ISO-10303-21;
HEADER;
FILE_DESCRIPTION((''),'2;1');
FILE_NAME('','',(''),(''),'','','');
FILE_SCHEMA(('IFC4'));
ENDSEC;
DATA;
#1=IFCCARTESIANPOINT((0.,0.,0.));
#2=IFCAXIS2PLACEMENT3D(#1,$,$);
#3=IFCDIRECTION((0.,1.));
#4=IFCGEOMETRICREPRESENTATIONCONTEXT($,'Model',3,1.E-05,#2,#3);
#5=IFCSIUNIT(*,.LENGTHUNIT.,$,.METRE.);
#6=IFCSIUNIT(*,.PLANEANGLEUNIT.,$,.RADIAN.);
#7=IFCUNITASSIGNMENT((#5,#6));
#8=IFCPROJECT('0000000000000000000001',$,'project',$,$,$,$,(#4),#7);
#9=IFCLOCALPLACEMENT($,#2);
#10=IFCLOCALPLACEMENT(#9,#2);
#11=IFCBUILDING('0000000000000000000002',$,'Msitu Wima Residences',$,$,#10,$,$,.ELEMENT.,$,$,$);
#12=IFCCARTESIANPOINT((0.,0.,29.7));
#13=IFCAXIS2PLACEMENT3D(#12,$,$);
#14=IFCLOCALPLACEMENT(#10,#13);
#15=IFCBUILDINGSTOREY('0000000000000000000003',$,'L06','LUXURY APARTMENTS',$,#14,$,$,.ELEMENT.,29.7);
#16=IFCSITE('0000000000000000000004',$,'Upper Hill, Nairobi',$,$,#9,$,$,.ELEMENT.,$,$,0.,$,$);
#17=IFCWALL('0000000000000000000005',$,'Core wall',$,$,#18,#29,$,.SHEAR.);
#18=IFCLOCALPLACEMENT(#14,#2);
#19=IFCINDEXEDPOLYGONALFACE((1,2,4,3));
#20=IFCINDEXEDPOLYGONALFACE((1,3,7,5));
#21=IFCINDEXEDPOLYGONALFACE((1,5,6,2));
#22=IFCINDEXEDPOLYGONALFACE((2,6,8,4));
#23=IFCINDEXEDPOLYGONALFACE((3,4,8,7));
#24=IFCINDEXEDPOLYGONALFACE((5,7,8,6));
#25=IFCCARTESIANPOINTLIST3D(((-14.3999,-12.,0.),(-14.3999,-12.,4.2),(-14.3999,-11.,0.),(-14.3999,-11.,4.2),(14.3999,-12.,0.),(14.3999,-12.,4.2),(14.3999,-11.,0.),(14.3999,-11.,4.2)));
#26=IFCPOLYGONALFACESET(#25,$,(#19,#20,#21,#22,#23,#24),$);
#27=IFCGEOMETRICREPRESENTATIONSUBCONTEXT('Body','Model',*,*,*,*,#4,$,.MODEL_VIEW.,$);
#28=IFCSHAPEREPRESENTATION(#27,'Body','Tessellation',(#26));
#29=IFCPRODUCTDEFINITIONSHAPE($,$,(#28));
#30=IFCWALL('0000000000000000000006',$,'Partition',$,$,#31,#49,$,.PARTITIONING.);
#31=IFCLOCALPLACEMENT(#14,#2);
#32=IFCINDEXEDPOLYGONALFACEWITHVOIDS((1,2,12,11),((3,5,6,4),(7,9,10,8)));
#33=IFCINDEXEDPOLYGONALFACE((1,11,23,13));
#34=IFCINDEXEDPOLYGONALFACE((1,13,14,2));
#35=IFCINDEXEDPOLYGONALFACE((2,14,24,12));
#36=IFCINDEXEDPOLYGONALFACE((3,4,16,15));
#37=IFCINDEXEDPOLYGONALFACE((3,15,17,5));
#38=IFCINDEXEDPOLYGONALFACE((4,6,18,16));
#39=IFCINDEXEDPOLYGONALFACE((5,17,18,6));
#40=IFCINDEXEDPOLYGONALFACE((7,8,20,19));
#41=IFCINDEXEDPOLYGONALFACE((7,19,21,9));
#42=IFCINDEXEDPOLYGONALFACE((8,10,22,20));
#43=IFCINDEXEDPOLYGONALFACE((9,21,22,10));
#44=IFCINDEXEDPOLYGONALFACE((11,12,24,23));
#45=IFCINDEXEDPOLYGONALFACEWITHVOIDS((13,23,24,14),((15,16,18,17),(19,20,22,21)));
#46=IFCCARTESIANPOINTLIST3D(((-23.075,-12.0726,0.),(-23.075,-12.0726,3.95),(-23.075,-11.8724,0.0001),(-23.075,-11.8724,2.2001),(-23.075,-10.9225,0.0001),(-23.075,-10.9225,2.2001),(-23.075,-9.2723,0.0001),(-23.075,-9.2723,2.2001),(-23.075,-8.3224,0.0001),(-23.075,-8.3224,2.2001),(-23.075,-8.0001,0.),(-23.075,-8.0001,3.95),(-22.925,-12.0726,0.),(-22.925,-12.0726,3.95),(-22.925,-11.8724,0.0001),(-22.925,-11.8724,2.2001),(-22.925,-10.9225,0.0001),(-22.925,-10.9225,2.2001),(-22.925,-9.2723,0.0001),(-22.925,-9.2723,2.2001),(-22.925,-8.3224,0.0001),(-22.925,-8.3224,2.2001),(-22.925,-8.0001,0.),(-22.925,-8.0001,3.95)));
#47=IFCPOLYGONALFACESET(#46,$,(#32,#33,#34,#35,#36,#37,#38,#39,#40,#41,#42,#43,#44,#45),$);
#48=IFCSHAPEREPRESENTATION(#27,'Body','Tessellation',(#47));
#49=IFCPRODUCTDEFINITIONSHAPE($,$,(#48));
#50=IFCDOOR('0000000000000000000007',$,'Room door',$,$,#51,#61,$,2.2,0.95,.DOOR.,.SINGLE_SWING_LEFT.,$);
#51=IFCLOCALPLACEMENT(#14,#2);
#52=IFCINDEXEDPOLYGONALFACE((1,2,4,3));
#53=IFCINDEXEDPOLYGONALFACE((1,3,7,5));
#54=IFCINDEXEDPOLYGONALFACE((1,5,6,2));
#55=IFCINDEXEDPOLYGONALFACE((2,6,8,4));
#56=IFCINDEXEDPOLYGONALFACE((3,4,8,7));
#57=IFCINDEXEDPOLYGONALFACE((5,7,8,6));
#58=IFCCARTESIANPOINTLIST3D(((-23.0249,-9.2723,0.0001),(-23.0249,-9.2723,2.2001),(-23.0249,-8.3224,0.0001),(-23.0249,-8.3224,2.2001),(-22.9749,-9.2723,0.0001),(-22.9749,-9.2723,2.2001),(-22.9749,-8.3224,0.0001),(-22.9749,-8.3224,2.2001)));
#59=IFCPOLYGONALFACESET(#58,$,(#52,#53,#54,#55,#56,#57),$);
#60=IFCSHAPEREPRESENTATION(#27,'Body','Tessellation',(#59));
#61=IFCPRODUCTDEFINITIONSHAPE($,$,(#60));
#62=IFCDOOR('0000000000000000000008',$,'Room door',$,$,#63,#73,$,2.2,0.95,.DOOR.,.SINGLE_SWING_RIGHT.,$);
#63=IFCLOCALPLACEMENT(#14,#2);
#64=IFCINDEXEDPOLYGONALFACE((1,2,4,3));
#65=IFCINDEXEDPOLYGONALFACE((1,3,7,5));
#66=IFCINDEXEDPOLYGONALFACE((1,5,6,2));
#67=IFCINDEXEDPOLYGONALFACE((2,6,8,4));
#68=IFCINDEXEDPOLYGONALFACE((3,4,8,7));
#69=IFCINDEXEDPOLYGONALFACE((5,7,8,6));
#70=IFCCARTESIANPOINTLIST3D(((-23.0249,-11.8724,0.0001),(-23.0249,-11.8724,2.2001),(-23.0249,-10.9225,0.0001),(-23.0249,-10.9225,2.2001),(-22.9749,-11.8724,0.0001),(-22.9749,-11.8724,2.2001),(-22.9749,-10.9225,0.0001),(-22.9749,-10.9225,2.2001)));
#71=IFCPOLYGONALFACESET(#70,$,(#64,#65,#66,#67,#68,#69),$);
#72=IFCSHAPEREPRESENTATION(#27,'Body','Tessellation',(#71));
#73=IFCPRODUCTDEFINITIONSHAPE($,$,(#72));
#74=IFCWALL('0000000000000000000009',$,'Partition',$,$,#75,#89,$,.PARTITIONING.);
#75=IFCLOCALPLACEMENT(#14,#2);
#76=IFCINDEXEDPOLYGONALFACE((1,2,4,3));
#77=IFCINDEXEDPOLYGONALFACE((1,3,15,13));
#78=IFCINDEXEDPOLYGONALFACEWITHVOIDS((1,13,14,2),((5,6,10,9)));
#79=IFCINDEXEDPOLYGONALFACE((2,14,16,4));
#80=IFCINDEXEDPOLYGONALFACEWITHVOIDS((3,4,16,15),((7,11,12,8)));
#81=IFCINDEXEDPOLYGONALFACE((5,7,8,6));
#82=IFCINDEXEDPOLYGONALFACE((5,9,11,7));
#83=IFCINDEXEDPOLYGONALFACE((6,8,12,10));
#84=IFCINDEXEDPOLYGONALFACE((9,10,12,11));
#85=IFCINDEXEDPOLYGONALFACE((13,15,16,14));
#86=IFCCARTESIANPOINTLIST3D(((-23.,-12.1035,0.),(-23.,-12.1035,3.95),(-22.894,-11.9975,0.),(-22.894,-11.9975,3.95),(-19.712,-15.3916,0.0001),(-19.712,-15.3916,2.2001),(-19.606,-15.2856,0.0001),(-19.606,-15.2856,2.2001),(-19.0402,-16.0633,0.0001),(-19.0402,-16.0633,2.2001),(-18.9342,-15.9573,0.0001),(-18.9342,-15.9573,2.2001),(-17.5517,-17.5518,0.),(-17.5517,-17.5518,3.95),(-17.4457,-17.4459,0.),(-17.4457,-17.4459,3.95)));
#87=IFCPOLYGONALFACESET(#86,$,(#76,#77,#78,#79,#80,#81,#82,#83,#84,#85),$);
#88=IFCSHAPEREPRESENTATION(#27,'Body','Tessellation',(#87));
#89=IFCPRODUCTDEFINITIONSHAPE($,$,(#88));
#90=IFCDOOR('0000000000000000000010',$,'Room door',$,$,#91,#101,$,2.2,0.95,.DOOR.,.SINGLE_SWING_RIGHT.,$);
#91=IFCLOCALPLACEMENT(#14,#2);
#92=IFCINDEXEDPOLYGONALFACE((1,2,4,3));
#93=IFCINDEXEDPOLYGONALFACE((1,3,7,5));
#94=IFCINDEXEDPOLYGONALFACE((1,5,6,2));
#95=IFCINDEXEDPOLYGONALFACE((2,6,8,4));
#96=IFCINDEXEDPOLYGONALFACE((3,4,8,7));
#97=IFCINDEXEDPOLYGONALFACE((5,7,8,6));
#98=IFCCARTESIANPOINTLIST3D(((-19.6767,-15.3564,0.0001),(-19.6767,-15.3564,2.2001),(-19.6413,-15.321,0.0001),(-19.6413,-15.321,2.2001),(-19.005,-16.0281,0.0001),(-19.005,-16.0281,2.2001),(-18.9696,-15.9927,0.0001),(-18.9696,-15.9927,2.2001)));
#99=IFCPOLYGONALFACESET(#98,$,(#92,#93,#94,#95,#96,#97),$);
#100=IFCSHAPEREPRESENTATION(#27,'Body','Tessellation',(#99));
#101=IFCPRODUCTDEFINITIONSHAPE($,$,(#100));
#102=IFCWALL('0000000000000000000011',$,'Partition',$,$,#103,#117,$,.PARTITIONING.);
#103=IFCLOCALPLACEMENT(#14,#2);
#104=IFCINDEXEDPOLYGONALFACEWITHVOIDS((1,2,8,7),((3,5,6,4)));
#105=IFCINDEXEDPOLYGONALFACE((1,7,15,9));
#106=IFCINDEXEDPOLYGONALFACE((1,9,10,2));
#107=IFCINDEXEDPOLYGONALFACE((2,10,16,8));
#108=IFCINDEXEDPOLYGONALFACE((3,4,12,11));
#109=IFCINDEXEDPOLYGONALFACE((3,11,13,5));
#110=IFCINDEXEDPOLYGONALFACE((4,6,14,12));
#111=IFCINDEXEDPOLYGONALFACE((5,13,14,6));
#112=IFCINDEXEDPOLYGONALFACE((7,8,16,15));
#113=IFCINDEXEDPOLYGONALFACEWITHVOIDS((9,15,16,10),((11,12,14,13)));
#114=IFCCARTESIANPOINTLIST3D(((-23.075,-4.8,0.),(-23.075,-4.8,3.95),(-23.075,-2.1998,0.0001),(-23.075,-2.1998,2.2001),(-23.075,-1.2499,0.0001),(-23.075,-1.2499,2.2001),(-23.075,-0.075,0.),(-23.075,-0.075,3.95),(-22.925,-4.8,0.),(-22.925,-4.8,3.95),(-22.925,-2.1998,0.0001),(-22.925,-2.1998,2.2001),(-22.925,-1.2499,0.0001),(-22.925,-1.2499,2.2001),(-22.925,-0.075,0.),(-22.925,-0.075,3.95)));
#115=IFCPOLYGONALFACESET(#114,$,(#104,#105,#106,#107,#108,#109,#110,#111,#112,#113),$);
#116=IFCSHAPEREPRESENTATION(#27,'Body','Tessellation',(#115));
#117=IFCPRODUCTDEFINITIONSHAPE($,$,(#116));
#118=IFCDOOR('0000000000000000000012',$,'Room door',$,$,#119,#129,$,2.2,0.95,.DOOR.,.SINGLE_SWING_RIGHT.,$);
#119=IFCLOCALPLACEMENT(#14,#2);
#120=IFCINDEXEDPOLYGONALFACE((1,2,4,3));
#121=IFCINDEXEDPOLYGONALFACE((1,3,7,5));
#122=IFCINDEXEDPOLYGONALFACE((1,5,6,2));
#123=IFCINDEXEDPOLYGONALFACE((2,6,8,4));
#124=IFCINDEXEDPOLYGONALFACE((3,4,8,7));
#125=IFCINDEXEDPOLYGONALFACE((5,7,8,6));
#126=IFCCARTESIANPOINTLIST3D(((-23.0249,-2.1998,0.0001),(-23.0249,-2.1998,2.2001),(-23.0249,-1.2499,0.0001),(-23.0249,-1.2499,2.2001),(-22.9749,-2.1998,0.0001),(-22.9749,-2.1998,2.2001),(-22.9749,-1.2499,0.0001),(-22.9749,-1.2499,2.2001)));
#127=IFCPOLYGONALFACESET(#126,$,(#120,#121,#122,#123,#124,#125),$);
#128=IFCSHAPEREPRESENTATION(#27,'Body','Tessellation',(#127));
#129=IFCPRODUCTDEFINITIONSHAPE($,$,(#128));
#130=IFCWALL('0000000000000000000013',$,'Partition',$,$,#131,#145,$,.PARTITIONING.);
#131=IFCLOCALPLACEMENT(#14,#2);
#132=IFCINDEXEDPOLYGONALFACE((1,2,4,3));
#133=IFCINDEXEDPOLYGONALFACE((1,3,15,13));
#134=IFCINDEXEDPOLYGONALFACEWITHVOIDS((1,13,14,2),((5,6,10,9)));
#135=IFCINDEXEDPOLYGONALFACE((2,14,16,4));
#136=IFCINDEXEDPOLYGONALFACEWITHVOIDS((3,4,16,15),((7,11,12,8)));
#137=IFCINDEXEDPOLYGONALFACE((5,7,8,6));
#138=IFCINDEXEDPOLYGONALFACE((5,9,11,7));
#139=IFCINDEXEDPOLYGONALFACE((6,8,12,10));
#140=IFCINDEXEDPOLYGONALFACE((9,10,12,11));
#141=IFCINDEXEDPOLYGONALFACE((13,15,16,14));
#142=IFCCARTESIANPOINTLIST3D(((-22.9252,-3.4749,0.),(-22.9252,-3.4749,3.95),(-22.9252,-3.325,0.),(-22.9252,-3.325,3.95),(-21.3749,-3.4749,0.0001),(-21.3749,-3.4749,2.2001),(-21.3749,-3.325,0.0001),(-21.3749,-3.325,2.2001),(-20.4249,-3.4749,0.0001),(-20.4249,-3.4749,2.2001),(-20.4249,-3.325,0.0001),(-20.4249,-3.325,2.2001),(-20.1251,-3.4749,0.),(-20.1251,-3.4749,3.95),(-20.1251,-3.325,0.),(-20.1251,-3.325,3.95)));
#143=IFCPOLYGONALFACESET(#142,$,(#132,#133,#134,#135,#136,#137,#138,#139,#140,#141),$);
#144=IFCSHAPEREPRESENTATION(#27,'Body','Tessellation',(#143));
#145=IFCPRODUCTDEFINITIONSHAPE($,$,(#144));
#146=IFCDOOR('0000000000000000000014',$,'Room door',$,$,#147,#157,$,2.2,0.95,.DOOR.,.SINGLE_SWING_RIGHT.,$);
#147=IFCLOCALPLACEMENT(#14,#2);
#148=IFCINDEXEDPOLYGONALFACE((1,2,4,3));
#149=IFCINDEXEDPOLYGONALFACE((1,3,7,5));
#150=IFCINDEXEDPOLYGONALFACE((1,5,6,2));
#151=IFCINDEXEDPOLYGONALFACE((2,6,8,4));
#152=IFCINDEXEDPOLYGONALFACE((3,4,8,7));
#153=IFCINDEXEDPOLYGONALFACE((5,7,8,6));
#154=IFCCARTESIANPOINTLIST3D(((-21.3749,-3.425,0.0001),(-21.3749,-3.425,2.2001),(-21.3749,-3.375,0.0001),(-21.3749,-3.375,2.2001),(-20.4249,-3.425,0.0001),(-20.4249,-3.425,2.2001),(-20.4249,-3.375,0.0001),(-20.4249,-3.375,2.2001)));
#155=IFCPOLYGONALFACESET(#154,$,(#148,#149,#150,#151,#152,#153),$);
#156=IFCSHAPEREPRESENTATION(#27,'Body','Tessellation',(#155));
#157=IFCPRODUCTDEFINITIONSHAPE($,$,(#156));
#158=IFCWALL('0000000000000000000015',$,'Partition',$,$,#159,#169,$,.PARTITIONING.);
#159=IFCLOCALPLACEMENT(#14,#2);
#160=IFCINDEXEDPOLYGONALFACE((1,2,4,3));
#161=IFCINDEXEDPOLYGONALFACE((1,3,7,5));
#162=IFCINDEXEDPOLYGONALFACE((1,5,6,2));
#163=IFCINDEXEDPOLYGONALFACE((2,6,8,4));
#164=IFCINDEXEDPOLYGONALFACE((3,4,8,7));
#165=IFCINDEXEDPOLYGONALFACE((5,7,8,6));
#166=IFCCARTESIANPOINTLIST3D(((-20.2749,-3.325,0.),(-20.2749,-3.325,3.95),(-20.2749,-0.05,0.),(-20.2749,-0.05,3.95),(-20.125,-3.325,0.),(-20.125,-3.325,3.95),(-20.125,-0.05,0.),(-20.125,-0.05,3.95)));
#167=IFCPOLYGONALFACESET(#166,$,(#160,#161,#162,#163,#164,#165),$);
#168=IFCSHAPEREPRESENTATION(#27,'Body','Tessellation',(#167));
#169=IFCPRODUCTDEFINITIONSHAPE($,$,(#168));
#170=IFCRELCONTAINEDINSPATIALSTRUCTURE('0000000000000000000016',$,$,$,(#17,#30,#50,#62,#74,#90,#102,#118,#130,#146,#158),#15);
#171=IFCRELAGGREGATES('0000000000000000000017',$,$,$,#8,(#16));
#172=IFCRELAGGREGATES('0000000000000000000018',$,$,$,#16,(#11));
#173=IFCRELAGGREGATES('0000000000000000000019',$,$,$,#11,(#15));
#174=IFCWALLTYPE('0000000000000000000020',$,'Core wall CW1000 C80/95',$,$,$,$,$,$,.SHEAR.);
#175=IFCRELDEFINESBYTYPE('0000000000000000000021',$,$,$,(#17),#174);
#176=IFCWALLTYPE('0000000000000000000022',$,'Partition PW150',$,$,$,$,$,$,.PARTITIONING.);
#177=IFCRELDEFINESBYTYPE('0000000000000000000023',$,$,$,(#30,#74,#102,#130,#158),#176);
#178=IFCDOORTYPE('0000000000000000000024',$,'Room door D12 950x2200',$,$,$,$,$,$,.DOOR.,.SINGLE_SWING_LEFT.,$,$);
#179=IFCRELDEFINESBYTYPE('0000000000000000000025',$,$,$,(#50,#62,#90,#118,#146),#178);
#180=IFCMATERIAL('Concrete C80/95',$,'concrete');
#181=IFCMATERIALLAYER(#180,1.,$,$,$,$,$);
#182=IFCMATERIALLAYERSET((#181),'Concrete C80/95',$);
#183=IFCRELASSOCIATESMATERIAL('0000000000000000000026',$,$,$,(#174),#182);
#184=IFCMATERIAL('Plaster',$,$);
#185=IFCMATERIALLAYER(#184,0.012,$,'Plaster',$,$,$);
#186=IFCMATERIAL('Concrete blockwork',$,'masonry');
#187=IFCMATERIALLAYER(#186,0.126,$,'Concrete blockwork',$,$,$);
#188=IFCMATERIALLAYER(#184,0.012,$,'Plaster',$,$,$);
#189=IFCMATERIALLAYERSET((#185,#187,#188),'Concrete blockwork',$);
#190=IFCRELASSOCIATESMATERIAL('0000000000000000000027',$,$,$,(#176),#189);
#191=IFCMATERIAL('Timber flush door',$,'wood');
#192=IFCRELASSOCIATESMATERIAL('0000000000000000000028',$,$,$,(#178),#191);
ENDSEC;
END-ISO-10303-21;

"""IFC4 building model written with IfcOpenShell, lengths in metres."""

from ifc_helpers import new_model, si_unit, direction, frame, frame_2d, origin, place, context, subcontext, project, spatial, rectangle, extrude, material, layer, layer_set, type_object, element, fill, save


model = new_model("IFC4")

# Units and contexts
model_context = context("Model", 3, precision=1e-05, world=origin(), true_north=direction((0.0, 1.0)))
body_context = subcontext(model_context, "Body", "Model", "MODEL_VIEW")
ifc_project = project(units=[si_unit("LENGTHUNIT", "METRE"), si_unit("PLANEANGLEUNIT", "RADIAN")], contexts=[model_context])

# Site, building, storey
site_placement = place(None, origin())
site = spatial("IfcSite", under=ifc_project, at=site_placement, Name="Upper Hill, Nairobi", CompositionType="ELEMENT", RefElevation=0.0)
building_placement = place(site_placement, origin())
building = spatial("IfcBuilding", under=site, at=building_placement, Name="Msitu Wima Residences", CompositionType="ELEMENT")
storey_placement = place(building_placement, frame((0.0, 0.0, 29.7)))
storey = spatial("IfcBuildingStorey", under=building, at=storey_placement, Name="L06", Description="LUXURY APARTMENTS", CompositionType="ELEMENT", Elevation=29.7)

# Wall
ifc_material_1 = material(Name="Concrete C80/95", Category="concrete")
ifc_layer_1 = layer(ifc_material_1, 1.0)
ifc_layer_set_1 = layer_set([ifc_layer_1], Name="Concrete C80/95")
wall_type_1 = type_object("IfcWallType", Name="Core wall CW1000 C80/95", PredefinedType="SHEAR", material=ifc_layer_set_1)
wall_1_placement = place(storey_placement, frame((-14.3999, -11.5, 0.0), z_axis=(0.0, 0.0, 1.0), x_axis=(1.0, 0.0, 0.0)))
element("IfcWall", 1, at=wall_1_placement, inside=storey, type_object=wall_type_1, Name="Core wall", PredefinedType="SHEAR", context=body_context, shape_type="SweptSolid", body=[
    extrude(rectangle(XDim=28.7998, YDim=1.0, at=frame_2d((14.3999, 0.0))), origin(), (0.0, 0.0, 1.0), 4.2),
])

# Wall, openings, doors
ifc_material_2 = material(Name="Plaster")
ifc_layer_2 = layer(ifc_material_2, 0.012, Name="Plaster")
ifc_material_3 = material(Name="Concrete blockwork", Category="masonry")
ifc_layer_3 = layer(ifc_material_3, 0.126, Name="Concrete blockwork")
ifc_layer_4 = layer(ifc_material_2, 0.012, Name="Plaster")
ifc_layer_set_2 = layer_set([ifc_layer_2, ifc_layer_3, ifc_layer_4], Name="Concrete blockwork")
wall_type_2 = type_object("IfcWallType", Name="Partition PW150", PredefinedType="PARTITIONING", material=ifc_layer_set_2)
wall_2_placement = place(storey_placement, frame((-23.0, -12.0725, 0.0), z_axis=(0.0, 0.0, 1.0), x_axis=(0.0, 1.0, 0.0)))
wall_2 = element("IfcWall", 2, at=wall_2_placement, inside=storey, type_object=wall_type_2, Name="Partition", PredefinedType="PARTITIONING", context=body_context, shape_type="SweptSolid", body=[
    extrude(rectangle(XDim=4.0725, YDim=0.1499, at=frame_2d((2.0361, 0.0))), origin(), (0.0, 0.0, 1.0), 3.95),
])
opening_1_placement = place(wall_2_placement, frame((2.8, 0.0, 0.0)))
opening_1 = element("IfcOpeningElement", 3, at=opening_1_placement, cuts=wall_2, PredefinedType="OPENING", context=body_context, shape_type="SweptSolid", body=[
    extrude(rectangle(XDim=0.95, YDim=2.2, at=frame_2d((0.4751, 1.1001))), frame((0.0, 0.085, 0.0), z_axis=(0.0, -1.0, 0.0), x_axis=(1.0, 0.0, 0.0)), (0.0, 0.0, 1.0), 0.1699),
])
opening_2_placement = place(wall_2_placement, frame((0.2, 0.0, 0.0)))
opening_2 = element("IfcOpeningElement", 4, at=opening_2_placement, cuts=wall_2, PredefinedType="OPENING", context=body_context, shape_type="SweptSolid", body=[
    extrude(rectangle(XDim=0.95, YDim=2.2, at=frame_2d((0.4751, 1.1001))), frame((0.0, 0.085, 0.0), z_axis=(0.0, -1.0, 0.0), x_axis=(1.0, 0.0, 0.0)), (0.0, 0.0, 1.0), 0.1699),
])
ifc_material_4 = material(Name="Timber flush door", Category="wood")
door_type_1 = type_object("IfcDoorType", Name="Room door D12 950x2200", OperationType="SINGLE_SWING_LEFT", PredefinedType="DOOR", material=ifc_material_4)
door_1_placement = place(opening_1_placement, origin())
door_1 = element("IfcDoor", 5, at=door_1_placement, inside=storey, type_object=door_type_1, Name="Room door", OperationType="SINGLE_SWING_LEFT", OverallHeight=2.2, OverallWidth=0.95, PredefinedType="DOOR", context=body_context, shape_type="SweptSolid", body=[
    extrude(rectangle(XDim=0.95, YDim=2.2, at=frame_2d((0.4751, 1.1001))), frame((0.0, 0.0249, 0.0), z_axis=(0.0, -1.0, 0.0), x_axis=(1.0, 0.0, 0.0)), (0.0, 0.0, 1.0), 0.05),
])
fill(opening_1, door_1)
door_2_placement = place(opening_2_placement, origin())
door_2 = element("IfcDoor", 6, at=door_2_placement, inside=storey, type_object=door_type_1, Name="Room door", OperationType="SINGLE_SWING_RIGHT", OverallHeight=2.2, OverallWidth=0.95, PredefinedType="DOOR", context=body_context, shape_type="SweptSolid", body=[
    extrude(rectangle(XDim=0.95, YDim=2.2, at=frame_2d((0.4751, 1.1001))), frame((0.0, 0.0249, 0.0), z_axis=(0.0, -1.0, 0.0), x_axis=(1.0, 0.0, 0.0)), (0.0, 0.0, 1.0), 0.05),
])
fill(opening_2, door_2)

# Walls, openings, doors
wall_3_placement = place(storey_placement, frame((-22.947, -12.0505, 0.0), z_axis=(0.0, 0.0, 1.0), x_axis=(0.707107, -0.707107, 0.0)))
wall_3 = element("IfcWall", 7, at=wall_3_placement, inside=storey, type_object=wall_type_2, Name="Partition", PredefinedType="PARTITIONING", context=body_context, shape_type="SweptSolid", body=[
    extrude(rectangle(XDim=7.7051, YDim=0.1499, at=frame_2d((3.8525, 0.0))), origin(), (0.0, 0.0, 1.0), 3.95),
])
opening_3_placement = place(wall_3_placement, frame((4.6499, 0.0, 0.0)))
opening_3 = element("IfcOpeningElement", 8, at=opening_3_placement, cuts=wall_3, PredefinedType="OPENING", context=body_context, shape_type="SweptSolid", body=[
    extrude(rectangle(XDim=0.95, YDim=2.2, at=frame_2d((0.4751, 1.1001))), frame((0.0, 0.085, 0.0), z_axis=(0.0, -1.0, 0.0), x_axis=(1.0, 0.0, 0.0)), (0.0, 0.0, 1.0), 0.1699),
])
door_3_placement = place(opening_3_placement, origin())
door_3 = element("IfcDoor", 9, at=door_3_placement, inside=storey, type_object=door_type_1, Name="Room door", OperationType="SINGLE_SWING_RIGHT", OverallHeight=2.2, OverallWidth=0.95, PredefinedType="DOOR", context=body_context, shape_type="SweptSolid", body=[
    extrude(rectangle(XDim=0.95, YDim=2.2, at=frame_2d((0.4751, 1.1001))), frame((0.0, 0.0249, 0.0), z_axis=(0.0, -1.0, 0.0), x_axis=(1.0, 0.0, 0.0)), (0.0, 0.0, 1.0), 0.05),
])
fill(opening_3, door_3)
wall_4_placement = place(storey_placement, frame((-23.0, -4.8, 0.0), z_axis=(0.0, 0.0, 1.0), x_axis=(0.0, 1.0, 0.0)))
wall_4 = element("IfcWall", 10, at=wall_4_placement, inside=storey, type_object=wall_type_2, Name="Partition", PredefinedType="PARTITIONING", context=body_context, shape_type="SweptSolid", body=[
    extrude(rectangle(XDim=4.7251, YDim=0.1499, at=frame_2d((2.3625, 0.0))), origin(), (0.0, 0.0, 1.0), 3.95),
])
opening_4_placement = place(wall_4_placement, frame((2.6001, 0.0, 0.0)))
opening_4 = element("IfcOpeningElement", 11, at=opening_4_placement, cuts=wall_4, PredefinedType="OPENING", context=body_context, shape_type="SweptSolid", body=[
    extrude(rectangle(XDim=0.95, YDim=2.2, at=frame_2d((0.4751, 1.1001))), frame((0.0, 0.085, 0.0), z_axis=(0.0, -1.0, 0.0), x_axis=(1.0, 0.0, 0.0)), (0.0, 0.0, 1.0), 0.1699),
])
door_4_placement = place(opening_4_placement, origin())
door_4 = element("IfcDoor", 12, at=door_4_placement, inside=storey, type_object=door_type_1, Name="Room door", OperationType="SINGLE_SWING_RIGHT", OverallHeight=2.2, OverallWidth=0.95, PredefinedType="DOOR", context=body_context, shape_type="SweptSolid", body=[
    extrude(rectangle(XDim=0.95, YDim=2.2, at=frame_2d((0.4751, 1.1001))), frame((0.0, 0.0249, 0.0), z_axis=(0.0, -1.0, 0.0), x_axis=(1.0, 0.0, 0.0)), (0.0, 0.0, 1.0), 0.05),
])
fill(opening_4, door_4)
wall_5_placement = place(storey_placement, frame((-22.925, -3.3999, 0.0), z_axis=(0.0, 0.0, 1.0), x_axis=(1.0, 0.0, 0.0)))
wall_5 = element("IfcWall", 13, at=wall_5_placement, inside=storey, type_object=wall_type_2, Name="Partition", PredefinedType="PARTITIONING", context=body_context, shape_type="SweptSolid", body=[
    extrude(rectangle(XDim=2.8, YDim=0.1499, at=frame_2d((1.3999, 0.0))), origin(), (0.0, 0.0, 1.0), 3.95),
])
opening_5_placement = place(wall_5_placement, frame((1.55, 0.0, 0.0)))
opening_5 = element("IfcOpeningElement", 14, at=opening_5_placement, cuts=wall_5, PredefinedType="OPENING", context=body_context, shape_type="SweptSolid", body=[
    extrude(rectangle(XDim=0.95, YDim=2.2, at=frame_2d((0.4751, 1.1001))), frame((0.0, 0.085, 0.0), z_axis=(0.0, -1.0, 0.0), x_axis=(1.0, 0.0, 0.0)), (0.0, 0.0, 1.0), 0.1699),
])
door_5_placement = place(opening_5_placement, origin())
door_5 = element("IfcDoor", 15, at=door_5_placement, inside=storey, type_object=door_type_1, Name="Room door", OperationType="SINGLE_SWING_RIGHT", OverallHeight=2.2, OverallWidth=0.95, PredefinedType="DOOR", context=body_context, shape_type="SweptSolid", body=[
    extrude(rectangle(XDim=0.95, YDim=2.2, at=frame_2d((0.4751, 1.1001))), frame((0.0, 0.0249, 0.0), z_axis=(0.0, -1.0, 0.0), x_axis=(1.0, 0.0, 0.0)), (0.0, 0.0, 1.0), 0.05),
])
fill(opening_5, door_5)

# Wall
wall_6_placement = place(storey_placement, frame((-20.2, -3.325, 0.0), z_axis=(0.0, 0.0, 1.0), x_axis=(0.0, 1.0, 0.0)))
element("IfcWall", 16, at=wall_6_placement, inside=storey, type_object=wall_type_2, Name="Partition", PredefinedType="PARTITIONING", context=body_context, shape_type="SweptSolid", body=[
    extrude(rectangle(XDim=3.2749, YDim=0.1499, at=frame_2d((1.6375, 0.0))), origin(), (0.0, 0.0, 1.0), 3.95),
])

save(model, "model.ifc")
